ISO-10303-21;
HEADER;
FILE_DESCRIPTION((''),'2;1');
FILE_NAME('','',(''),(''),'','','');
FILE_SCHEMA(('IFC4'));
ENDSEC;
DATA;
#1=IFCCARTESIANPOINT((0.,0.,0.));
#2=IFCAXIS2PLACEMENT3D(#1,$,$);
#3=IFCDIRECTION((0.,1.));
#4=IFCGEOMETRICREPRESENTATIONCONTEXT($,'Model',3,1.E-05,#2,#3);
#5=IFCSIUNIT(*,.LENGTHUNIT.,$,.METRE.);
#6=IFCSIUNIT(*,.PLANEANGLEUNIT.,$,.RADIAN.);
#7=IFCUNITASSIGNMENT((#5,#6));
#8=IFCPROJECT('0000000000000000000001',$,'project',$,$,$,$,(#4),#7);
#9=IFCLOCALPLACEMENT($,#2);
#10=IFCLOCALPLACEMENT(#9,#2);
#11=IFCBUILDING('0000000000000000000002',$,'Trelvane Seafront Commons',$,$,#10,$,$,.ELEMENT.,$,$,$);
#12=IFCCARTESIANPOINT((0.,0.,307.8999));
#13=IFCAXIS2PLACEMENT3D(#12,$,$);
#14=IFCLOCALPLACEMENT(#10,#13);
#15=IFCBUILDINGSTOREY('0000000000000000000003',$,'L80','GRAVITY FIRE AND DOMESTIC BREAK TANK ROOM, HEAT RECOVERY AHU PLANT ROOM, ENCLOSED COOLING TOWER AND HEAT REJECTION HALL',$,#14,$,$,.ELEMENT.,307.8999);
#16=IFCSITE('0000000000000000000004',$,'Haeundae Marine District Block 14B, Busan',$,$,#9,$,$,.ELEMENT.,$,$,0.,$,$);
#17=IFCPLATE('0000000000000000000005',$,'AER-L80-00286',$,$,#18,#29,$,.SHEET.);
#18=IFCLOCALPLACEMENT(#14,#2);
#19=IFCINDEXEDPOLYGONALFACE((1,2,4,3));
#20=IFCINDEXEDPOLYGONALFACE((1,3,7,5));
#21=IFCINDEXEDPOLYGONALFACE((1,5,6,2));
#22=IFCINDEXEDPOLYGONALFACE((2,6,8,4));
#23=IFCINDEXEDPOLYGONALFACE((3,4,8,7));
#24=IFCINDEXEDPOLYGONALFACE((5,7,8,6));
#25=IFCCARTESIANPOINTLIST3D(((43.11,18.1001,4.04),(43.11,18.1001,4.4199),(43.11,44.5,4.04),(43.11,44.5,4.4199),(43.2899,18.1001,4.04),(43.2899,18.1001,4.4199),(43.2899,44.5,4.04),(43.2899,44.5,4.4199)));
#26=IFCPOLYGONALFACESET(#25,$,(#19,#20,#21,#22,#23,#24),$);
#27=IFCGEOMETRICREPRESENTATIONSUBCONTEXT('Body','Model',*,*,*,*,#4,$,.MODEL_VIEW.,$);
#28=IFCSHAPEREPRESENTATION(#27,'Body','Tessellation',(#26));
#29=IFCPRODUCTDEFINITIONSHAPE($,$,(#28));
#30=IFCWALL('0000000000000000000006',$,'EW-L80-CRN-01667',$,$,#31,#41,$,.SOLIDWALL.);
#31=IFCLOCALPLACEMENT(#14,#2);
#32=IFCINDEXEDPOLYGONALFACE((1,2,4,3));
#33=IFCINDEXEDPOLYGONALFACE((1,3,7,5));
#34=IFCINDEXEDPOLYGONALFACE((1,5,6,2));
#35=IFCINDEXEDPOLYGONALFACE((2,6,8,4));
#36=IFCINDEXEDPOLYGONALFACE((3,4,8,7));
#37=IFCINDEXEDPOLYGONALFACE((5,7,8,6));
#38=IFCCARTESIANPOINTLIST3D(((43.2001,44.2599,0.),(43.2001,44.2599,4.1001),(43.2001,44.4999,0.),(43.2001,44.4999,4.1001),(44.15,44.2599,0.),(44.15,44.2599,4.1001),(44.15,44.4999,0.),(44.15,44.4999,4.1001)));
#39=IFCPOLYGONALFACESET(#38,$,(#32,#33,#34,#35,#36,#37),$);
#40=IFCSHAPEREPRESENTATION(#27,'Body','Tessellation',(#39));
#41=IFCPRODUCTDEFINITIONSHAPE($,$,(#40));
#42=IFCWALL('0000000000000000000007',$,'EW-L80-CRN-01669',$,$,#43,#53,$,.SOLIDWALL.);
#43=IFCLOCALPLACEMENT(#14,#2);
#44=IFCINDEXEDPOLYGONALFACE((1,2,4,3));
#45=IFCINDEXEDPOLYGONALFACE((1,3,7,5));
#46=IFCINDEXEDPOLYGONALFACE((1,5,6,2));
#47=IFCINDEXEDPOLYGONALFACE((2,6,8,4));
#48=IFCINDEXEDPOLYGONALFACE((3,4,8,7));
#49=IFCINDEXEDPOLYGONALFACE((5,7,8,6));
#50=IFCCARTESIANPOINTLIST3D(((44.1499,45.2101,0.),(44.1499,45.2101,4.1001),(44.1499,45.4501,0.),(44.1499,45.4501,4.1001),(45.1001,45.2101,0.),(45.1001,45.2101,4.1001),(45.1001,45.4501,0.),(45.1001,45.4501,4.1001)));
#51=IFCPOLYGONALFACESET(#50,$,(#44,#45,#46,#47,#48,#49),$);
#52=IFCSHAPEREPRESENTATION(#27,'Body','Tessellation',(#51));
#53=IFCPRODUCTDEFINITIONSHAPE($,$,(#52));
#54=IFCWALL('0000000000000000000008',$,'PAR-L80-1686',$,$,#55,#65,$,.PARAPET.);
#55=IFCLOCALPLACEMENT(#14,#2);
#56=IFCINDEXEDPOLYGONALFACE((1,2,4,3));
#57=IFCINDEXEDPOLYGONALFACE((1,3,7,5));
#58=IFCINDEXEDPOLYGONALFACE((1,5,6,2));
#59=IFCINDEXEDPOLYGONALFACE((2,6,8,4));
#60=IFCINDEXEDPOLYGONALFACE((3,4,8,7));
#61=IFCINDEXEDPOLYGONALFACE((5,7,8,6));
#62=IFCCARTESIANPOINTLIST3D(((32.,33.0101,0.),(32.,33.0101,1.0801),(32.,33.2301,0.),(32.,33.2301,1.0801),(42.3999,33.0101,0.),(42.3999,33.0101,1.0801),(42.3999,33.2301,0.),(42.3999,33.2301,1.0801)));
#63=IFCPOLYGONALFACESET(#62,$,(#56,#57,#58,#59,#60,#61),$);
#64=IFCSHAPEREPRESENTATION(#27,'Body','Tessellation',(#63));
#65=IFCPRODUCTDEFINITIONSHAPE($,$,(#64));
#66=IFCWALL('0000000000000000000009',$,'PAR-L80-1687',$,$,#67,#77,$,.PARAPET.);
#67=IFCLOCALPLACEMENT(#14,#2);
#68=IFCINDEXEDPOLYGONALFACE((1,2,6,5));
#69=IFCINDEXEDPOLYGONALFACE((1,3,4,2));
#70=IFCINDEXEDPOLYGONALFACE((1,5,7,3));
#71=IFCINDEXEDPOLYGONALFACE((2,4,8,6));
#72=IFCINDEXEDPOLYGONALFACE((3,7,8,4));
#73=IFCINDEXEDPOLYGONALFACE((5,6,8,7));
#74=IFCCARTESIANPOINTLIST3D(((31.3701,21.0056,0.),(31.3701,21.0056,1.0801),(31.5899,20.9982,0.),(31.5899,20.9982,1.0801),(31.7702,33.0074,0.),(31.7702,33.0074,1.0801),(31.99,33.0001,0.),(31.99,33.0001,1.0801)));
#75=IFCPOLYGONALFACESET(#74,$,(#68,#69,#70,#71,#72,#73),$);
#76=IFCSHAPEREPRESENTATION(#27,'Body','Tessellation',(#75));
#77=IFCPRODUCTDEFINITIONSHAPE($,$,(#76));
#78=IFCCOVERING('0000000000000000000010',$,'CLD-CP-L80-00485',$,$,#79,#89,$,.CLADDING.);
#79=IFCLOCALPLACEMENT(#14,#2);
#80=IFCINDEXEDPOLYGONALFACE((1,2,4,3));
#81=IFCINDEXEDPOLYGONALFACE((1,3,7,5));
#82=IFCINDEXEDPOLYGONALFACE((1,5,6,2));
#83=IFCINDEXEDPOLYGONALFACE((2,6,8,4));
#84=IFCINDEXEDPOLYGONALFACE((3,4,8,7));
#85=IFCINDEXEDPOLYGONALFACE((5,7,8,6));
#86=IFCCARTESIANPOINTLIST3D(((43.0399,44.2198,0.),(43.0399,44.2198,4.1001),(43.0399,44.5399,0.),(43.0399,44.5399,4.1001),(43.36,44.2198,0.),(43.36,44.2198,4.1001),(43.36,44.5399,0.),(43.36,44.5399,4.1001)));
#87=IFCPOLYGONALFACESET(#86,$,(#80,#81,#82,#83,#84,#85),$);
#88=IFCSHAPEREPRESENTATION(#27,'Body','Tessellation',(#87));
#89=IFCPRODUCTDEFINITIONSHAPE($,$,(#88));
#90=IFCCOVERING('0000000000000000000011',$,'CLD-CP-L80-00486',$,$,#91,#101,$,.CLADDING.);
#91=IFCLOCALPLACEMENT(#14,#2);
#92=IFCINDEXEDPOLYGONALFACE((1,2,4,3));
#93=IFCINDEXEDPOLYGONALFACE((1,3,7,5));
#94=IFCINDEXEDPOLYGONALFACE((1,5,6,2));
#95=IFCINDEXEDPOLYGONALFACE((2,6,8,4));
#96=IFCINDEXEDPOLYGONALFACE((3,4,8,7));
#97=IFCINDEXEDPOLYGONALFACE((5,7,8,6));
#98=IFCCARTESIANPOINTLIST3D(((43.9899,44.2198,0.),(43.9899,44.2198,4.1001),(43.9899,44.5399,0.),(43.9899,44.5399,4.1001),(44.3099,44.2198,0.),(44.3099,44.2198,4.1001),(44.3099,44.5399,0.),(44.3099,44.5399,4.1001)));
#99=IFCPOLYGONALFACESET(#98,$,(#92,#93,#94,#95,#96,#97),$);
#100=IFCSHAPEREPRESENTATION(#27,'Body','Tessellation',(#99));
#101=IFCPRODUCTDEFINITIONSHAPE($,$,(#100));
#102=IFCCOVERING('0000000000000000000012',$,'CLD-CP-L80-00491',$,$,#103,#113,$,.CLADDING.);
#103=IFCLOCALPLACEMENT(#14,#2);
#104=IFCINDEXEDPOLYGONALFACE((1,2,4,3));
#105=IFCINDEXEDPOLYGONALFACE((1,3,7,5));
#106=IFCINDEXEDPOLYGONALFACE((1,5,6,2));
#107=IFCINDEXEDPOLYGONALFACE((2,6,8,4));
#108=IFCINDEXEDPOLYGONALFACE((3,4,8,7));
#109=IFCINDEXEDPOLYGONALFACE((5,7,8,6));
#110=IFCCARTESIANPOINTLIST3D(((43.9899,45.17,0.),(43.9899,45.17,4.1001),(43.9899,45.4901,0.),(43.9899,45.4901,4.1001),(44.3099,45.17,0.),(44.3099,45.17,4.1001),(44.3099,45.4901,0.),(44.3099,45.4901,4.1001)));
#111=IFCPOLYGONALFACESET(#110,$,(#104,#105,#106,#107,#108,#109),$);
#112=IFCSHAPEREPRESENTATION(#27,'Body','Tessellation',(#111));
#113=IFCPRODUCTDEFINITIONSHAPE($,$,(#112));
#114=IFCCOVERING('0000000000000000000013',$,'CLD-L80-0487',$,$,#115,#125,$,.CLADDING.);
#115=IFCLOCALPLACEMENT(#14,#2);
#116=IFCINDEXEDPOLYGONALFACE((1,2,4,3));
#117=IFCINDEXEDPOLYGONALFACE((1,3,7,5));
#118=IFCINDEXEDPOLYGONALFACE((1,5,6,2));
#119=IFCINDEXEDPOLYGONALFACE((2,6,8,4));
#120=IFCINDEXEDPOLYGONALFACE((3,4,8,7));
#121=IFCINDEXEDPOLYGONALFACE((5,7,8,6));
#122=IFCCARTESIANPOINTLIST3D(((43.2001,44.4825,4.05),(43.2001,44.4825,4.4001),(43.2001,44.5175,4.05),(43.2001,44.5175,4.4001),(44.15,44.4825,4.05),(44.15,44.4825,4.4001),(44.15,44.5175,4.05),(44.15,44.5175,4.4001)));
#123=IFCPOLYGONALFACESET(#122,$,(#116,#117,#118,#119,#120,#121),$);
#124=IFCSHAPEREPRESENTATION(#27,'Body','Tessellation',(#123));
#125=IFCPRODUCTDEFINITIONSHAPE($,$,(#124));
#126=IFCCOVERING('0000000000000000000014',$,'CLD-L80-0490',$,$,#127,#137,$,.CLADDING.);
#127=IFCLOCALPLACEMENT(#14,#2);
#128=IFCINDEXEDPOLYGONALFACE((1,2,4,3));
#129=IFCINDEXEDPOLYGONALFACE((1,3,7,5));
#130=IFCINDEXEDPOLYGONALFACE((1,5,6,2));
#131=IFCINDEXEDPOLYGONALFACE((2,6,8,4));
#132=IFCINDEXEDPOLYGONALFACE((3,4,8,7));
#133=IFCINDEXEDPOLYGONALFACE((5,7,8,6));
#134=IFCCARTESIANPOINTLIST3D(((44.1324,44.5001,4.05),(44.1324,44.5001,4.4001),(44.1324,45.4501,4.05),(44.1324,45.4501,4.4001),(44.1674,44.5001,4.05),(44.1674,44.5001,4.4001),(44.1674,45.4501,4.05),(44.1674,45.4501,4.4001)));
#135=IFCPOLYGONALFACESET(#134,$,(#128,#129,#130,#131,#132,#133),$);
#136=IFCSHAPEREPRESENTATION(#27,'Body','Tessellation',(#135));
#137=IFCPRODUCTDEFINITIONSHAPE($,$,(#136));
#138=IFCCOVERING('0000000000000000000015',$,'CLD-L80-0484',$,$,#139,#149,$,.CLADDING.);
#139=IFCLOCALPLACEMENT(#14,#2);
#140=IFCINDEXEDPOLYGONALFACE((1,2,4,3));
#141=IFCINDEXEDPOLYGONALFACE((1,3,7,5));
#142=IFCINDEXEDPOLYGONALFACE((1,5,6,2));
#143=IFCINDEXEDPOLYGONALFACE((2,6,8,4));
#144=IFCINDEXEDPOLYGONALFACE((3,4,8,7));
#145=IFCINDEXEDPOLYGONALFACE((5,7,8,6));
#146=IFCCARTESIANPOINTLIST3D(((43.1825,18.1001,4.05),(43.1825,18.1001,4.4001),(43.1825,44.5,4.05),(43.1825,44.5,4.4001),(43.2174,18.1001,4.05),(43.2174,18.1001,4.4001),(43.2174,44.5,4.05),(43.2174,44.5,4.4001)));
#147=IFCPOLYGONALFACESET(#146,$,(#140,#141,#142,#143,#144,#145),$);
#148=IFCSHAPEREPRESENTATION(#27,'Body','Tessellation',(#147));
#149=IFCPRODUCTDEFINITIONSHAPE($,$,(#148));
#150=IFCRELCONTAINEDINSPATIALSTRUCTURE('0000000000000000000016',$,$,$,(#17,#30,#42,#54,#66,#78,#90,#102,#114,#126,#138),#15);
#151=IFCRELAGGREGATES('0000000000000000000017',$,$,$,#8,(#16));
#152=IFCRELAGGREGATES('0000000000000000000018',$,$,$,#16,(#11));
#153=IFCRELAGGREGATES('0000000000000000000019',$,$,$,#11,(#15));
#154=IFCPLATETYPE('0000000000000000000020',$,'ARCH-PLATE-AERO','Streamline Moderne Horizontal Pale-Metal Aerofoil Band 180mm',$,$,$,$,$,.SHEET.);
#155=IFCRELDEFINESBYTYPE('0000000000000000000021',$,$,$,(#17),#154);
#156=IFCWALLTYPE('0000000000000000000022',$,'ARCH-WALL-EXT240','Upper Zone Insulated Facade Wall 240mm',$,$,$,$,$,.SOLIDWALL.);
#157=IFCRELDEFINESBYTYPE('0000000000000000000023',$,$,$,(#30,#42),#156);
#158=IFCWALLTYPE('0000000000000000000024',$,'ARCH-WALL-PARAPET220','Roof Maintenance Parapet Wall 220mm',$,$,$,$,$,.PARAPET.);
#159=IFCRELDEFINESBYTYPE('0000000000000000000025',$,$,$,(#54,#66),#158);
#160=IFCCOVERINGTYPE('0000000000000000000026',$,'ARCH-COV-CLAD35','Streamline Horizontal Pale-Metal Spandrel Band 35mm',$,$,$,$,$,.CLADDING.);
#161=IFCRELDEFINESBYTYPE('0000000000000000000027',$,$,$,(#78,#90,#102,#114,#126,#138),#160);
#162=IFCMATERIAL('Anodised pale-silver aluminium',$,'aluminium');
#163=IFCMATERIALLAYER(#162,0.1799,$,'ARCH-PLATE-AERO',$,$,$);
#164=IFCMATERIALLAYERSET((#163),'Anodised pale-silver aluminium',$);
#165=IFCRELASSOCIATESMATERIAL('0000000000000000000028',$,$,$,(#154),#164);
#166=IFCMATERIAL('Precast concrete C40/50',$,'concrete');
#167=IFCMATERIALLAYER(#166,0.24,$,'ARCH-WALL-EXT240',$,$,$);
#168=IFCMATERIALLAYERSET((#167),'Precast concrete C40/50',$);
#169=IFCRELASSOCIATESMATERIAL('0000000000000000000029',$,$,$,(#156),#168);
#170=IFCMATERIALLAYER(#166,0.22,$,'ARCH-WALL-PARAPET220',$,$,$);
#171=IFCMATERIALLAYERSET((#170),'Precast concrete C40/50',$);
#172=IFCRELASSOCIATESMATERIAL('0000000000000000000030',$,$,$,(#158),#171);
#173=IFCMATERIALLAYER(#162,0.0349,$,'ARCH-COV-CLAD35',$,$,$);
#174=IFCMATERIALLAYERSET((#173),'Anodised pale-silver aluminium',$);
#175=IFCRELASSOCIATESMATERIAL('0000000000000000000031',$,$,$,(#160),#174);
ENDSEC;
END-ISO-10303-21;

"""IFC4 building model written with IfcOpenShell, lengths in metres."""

from ifc_helpers import new_model, si_unit, direction, frame, frame_2d, origin, origin_2d, place, context, subcontext, project, spatial, rectangle, extrude, source, transform, mapped, material, layer, layer_set, type_object, element, save


model = new_model("IFC4")

# Units and contexts
model_context = context("Model", 3, precision=1e-05, world=origin(), true_north=direction((0.0, 1.0)))
body_context = subcontext(model_context, "Body", "Model", "MODEL_VIEW")
ifc_project = project(units=[si_unit("LENGTHUNIT", "METRE"), si_unit("PLANEANGLEUNIT", "RADIAN")], contexts=[model_context])

# Site, building, storey
site_placement = place(None, origin())
site = spatial("IfcSite", under=ifc_project, at=site_placement, Name="Haeundae Marine District Block 14B, Busan", CompositionType="ELEMENT", RefElevation=0.0)
building_placement = place(site_placement, origin())
building = spatial("IfcBuilding", under=site, at=building_placement, Name="Trelvane Seafront Commons", CompositionType="ELEMENT")
storey_placement = place(building_placement, frame((0.0, 0.0, 307.8999)))
storey = spatial("IfcBuildingStorey", under=building, at=storey_placement, Name="L80", Description="GRAVITY FIRE AND DOMESTIC BREAK TANK ROOM, HEAT RECOVERY AHU PLANT ROOM, ENCLOSED COOLING TOWER AND HEAT REJECTION HALL", CompositionType="ELEMENT", Elevation=307.8999)

# Shared definitions
ifc_material_1 = material(Name="Anodised pale-silver aluminium", Category="aluminium")

# Plate
ifc_layer_1 = layer(ifc_material_1, 0.1799, Name="ARCH-PLATE-AERO")
ifc_layer_set_1 = layer_set([ifc_layer_1], Name="Anodised pale-silver aluminium")
plate_type_1 = type_object("IfcPlateType", Name="ARCH-PLATE-AERO", Description="Streamline Moderne Horizontal Pale-Metal Aerofoil Band 180mm", PredefinedType="SHEET", material=ifc_layer_set_1)
shared_shape_1 = source(origin(), body_context, "Body", "SweptSolid", [
    extrude(rectangle(XDim=26.3999, YDim=0.1799, at=origin_2d()), origin(), (0.0, 0.0, 1.0), 0.3799),
])
plate_1_placement = place(storey_placement, frame((43.2, 31.3, 4.04), z_axis=(0.0, 0.0, 1.0), x_axis=(0.0, 1.0, 0.0)))
element("IfcPlate", 1, at=plate_1_placement, inside=storey, type_object=plate_type_1, Name="AER-L80-00286", PredefinedType="SHEET", context=body_context, shape_type="MappedRepresentation", body=[
    mapped(shared_shape_1, transform((0.0, 0.0, 0.0), x_axis=(1.0, 0.0, 0.0), y_axis=(0.0, 1.0, 0.0), z_axis=(0.0, 0.0, 1.0), scale=1.0)),
])

# Walls
ifc_material_2 = material(Name="Precast concrete C40/50", Category="concrete")
ifc_layer_2 = layer(ifc_material_2, 0.24, Name="ARCH-WALL-EXT240")
ifc_layer_set_2 = layer_set([ifc_layer_2], Name="Precast concrete C40/50")
wall_type_1 = type_object("IfcWallType", Name="ARCH-WALL-EXT240", Description="Upper Zone Insulated Facade Wall 240mm", PredefinedType="SOLIDWALL", material=ifc_layer_set_2)
wall_1_placement = place(storey_placement, frame((43.2, 44.3799, 0.0), z_axis=(0.0, 0.0, 1.0), x_axis=(1.0, 0.0, 0.0)))
element("IfcWall", 2, at=wall_1_placement, inside=storey, type_object=wall_type_1, Name="EW-L80-CRN-01667", PredefinedType="SOLIDWALL", context=body_context, shape_type="SweptSolid", body=[
    extrude(rectangle(XDim=0.95, YDim=0.24, at=frame_2d((0.4751, 0.0))), origin(), (0.0, 0.0, 1.0), 4.1001),
])
wall_2_placement = place(storey_placement, frame((44.1499, 45.3301, 0.0), z_axis=(0.0, 0.0, 1.0), x_axis=(1.0, 0.0, 0.0)))
element("IfcWall", 3, at=wall_2_placement, inside=storey, type_object=wall_type_1, Name="EW-L80-CRN-01669", PredefinedType="SOLIDWALL", context=body_context, shape_type="SweptSolid", body=[
    extrude(rectangle(XDim=0.9502, YDim=0.24, at=frame_2d((0.4751, 0.0))), origin(), (0.0, 0.0, 1.0), 4.1001),
])
ifc_layer_3 = layer(ifc_material_2, 0.22, Name="ARCH-WALL-PARAPET220")
ifc_layer_set_3 = layer_set([ifc_layer_3], Name="Precast concrete C40/50")
wall_type_2 = type_object("IfcWallType", Name="ARCH-WALL-PARAPET220", Description="Roof Maintenance Parapet Wall 220mm", PredefinedType="PARAPET", material=ifc_layer_set_3)
wall_3_placement = place(storey_placement, frame((42.3999, 33.1201, 0.0), z_axis=(0.0, 0.0, 1.0), x_axis=(-1.0, 0.0, 0.0)))
element("IfcWall", 4, at=wall_3_placement, inside=storey, type_object=wall_type_2, Name="PAR-L80-1686", PredefinedType="PARAPET", context=body_context, shape_type="SweptSolid", body=[
    extrude(rectangle(XDim=10.3999, YDim=0.22, at=frame_2d((5.2, 0.0))), origin(), (0.0, 0.0, 1.0), 1.0801),
])
wall_4_placement = place(storey_placement, frame((31.8801, 33.0039, 0.0), z_axis=(0.0, 0.0, 1.0), x_axis=(-0.033322, -0.999445, 0.0)))
element("IfcWall", 5, at=wall_4_placement, inside=storey, type_object=wall_type_2, Name="PAR-L80-1687", PredefinedType="PARAPET", context=body_context, shape_type="SweptSolid", body=[
    extrude(rectangle(XDim=12.0085, YDim=0.22, at=frame_2d((6.0044, 0.0))), origin(), (0.0, 0.0, 1.0), 1.0801),
])

# Coverings
ifc_layer_4 = layer(ifc_material_1, 0.0349, Name="ARCH-COV-CLAD35")
ifc_layer_set_4 = layer_set([ifc_layer_4], Name="Anodised pale-silver aluminium")
covering_type = type_object("IfcCoveringType", Name="ARCH-COV-CLAD35", Description="Streamline Horizontal Pale-Metal Spandrel Band 35mm", PredefinedType="CLADDING", material=ifc_layer_set_4)
shared_shape_2 = source(origin(), body_context, "Body", "SweptSolid", [
    extrude(rectangle(XDim=0.3201, YDim=0.3201, at=origin_2d()), origin(), (0.0, 0.0, 1.0), 4.1001),
])
for number, where, z_axis, x_axis, name in (
    (6, (43.2, 44.3799, 0.0), (0.0, 0.0, 1.0), (1.0, 0.0, 0.0), "CLD-CP-L80-00485"),
    (7, (44.1499, 44.3799, 0.0), (0.0, 0.0, 1.0), (1.0, 0.0, 0.0), "CLD-CP-L80-00486"),
    (8, (44.1499, 45.3301, 0.0), (0.0, 0.0, 1.0), (1.0, 0.0, 0.0), "CLD-CP-L80-00491"),
):
    element("IfcCovering", number, at=place(storey_placement, frame(where, z_axis=z_axis, x_axis=x_axis)), inside=storey, type_object=covering_type, Name=name, PredefinedType="CLADDING", context=body_context, shape_type="MappedRepresentation", body=[
        mapped(shared_shape_2, transform((0.0, 0.0, 0.0), x_axis=(1.0, 0.0, 0.0), y_axis=(0.0, 1.0, 0.0), z_axis=(0.0, 0.0, 1.0), scale=1.0)),
    ])
shared_shape_3 = source(origin(), body_context, "Body", "SweptSolid", [
    extrude(rectangle(XDim=0.95, YDim=0.0349, at=origin_2d()), origin(), (0.0, 0.0, 1.0), 0.3501),
])
for number, where, z_axis, x_axis, name in (
    (9, (43.675, 44.5, 4.05), (0.0, 0.0, 1.0), (1.0, 0.0, 0.0), "CLD-L80-0487"),
    (10, (44.1499, 44.9751, 4.05), (0.0, 0.0, 1.0), (0.0, 1.0, 0.0), "CLD-L80-0490"),
):
    element("IfcCovering", number, at=place(storey_placement, frame(where, z_axis=z_axis, x_axis=x_axis)), inside=storey, type_object=covering_type, Name=name, PredefinedType="CLADDING", context=body_context, shape_type="MappedRepresentation", body=[
        mapped(shared_shape_3, transform((0.0, 0.0, 0.0), x_axis=(1.0, 0.0, 0.0), y_axis=(0.0, 1.0, 0.0), z_axis=(0.0, 0.0, 1.0), scale=1.0)),
    ])
shared_shape_4 = source(origin(), body_context, "Body", "SweptSolid", [
    extrude(rectangle(XDim=26.3999, YDim=0.0349, at=origin_2d()), origin(), (0.0, 0.0, 1.0), 0.3501),
])
covering_placement = place(storey_placement, frame((43.2, 31.3, 4.05), z_axis=(0.0, 0.0, 1.0), x_axis=(0.0, 1.0, 0.0)))
element("IfcCovering", 11, at=covering_placement, inside=storey, type_object=covering_type, Name="CLD-L80-0484", PredefinedType="CLADDING", context=body_context, shape_type="MappedRepresentation", body=[
    mapped(shared_shape_4, transform((0.0, 0.0, 0.0), x_axis=(1.0, 0.0, 0.0), y_axis=(0.0, 1.0, 0.0), z_axis=(0.0, 0.0, 1.0), scale=1.0)),
])

save(model, "model.ifc")
